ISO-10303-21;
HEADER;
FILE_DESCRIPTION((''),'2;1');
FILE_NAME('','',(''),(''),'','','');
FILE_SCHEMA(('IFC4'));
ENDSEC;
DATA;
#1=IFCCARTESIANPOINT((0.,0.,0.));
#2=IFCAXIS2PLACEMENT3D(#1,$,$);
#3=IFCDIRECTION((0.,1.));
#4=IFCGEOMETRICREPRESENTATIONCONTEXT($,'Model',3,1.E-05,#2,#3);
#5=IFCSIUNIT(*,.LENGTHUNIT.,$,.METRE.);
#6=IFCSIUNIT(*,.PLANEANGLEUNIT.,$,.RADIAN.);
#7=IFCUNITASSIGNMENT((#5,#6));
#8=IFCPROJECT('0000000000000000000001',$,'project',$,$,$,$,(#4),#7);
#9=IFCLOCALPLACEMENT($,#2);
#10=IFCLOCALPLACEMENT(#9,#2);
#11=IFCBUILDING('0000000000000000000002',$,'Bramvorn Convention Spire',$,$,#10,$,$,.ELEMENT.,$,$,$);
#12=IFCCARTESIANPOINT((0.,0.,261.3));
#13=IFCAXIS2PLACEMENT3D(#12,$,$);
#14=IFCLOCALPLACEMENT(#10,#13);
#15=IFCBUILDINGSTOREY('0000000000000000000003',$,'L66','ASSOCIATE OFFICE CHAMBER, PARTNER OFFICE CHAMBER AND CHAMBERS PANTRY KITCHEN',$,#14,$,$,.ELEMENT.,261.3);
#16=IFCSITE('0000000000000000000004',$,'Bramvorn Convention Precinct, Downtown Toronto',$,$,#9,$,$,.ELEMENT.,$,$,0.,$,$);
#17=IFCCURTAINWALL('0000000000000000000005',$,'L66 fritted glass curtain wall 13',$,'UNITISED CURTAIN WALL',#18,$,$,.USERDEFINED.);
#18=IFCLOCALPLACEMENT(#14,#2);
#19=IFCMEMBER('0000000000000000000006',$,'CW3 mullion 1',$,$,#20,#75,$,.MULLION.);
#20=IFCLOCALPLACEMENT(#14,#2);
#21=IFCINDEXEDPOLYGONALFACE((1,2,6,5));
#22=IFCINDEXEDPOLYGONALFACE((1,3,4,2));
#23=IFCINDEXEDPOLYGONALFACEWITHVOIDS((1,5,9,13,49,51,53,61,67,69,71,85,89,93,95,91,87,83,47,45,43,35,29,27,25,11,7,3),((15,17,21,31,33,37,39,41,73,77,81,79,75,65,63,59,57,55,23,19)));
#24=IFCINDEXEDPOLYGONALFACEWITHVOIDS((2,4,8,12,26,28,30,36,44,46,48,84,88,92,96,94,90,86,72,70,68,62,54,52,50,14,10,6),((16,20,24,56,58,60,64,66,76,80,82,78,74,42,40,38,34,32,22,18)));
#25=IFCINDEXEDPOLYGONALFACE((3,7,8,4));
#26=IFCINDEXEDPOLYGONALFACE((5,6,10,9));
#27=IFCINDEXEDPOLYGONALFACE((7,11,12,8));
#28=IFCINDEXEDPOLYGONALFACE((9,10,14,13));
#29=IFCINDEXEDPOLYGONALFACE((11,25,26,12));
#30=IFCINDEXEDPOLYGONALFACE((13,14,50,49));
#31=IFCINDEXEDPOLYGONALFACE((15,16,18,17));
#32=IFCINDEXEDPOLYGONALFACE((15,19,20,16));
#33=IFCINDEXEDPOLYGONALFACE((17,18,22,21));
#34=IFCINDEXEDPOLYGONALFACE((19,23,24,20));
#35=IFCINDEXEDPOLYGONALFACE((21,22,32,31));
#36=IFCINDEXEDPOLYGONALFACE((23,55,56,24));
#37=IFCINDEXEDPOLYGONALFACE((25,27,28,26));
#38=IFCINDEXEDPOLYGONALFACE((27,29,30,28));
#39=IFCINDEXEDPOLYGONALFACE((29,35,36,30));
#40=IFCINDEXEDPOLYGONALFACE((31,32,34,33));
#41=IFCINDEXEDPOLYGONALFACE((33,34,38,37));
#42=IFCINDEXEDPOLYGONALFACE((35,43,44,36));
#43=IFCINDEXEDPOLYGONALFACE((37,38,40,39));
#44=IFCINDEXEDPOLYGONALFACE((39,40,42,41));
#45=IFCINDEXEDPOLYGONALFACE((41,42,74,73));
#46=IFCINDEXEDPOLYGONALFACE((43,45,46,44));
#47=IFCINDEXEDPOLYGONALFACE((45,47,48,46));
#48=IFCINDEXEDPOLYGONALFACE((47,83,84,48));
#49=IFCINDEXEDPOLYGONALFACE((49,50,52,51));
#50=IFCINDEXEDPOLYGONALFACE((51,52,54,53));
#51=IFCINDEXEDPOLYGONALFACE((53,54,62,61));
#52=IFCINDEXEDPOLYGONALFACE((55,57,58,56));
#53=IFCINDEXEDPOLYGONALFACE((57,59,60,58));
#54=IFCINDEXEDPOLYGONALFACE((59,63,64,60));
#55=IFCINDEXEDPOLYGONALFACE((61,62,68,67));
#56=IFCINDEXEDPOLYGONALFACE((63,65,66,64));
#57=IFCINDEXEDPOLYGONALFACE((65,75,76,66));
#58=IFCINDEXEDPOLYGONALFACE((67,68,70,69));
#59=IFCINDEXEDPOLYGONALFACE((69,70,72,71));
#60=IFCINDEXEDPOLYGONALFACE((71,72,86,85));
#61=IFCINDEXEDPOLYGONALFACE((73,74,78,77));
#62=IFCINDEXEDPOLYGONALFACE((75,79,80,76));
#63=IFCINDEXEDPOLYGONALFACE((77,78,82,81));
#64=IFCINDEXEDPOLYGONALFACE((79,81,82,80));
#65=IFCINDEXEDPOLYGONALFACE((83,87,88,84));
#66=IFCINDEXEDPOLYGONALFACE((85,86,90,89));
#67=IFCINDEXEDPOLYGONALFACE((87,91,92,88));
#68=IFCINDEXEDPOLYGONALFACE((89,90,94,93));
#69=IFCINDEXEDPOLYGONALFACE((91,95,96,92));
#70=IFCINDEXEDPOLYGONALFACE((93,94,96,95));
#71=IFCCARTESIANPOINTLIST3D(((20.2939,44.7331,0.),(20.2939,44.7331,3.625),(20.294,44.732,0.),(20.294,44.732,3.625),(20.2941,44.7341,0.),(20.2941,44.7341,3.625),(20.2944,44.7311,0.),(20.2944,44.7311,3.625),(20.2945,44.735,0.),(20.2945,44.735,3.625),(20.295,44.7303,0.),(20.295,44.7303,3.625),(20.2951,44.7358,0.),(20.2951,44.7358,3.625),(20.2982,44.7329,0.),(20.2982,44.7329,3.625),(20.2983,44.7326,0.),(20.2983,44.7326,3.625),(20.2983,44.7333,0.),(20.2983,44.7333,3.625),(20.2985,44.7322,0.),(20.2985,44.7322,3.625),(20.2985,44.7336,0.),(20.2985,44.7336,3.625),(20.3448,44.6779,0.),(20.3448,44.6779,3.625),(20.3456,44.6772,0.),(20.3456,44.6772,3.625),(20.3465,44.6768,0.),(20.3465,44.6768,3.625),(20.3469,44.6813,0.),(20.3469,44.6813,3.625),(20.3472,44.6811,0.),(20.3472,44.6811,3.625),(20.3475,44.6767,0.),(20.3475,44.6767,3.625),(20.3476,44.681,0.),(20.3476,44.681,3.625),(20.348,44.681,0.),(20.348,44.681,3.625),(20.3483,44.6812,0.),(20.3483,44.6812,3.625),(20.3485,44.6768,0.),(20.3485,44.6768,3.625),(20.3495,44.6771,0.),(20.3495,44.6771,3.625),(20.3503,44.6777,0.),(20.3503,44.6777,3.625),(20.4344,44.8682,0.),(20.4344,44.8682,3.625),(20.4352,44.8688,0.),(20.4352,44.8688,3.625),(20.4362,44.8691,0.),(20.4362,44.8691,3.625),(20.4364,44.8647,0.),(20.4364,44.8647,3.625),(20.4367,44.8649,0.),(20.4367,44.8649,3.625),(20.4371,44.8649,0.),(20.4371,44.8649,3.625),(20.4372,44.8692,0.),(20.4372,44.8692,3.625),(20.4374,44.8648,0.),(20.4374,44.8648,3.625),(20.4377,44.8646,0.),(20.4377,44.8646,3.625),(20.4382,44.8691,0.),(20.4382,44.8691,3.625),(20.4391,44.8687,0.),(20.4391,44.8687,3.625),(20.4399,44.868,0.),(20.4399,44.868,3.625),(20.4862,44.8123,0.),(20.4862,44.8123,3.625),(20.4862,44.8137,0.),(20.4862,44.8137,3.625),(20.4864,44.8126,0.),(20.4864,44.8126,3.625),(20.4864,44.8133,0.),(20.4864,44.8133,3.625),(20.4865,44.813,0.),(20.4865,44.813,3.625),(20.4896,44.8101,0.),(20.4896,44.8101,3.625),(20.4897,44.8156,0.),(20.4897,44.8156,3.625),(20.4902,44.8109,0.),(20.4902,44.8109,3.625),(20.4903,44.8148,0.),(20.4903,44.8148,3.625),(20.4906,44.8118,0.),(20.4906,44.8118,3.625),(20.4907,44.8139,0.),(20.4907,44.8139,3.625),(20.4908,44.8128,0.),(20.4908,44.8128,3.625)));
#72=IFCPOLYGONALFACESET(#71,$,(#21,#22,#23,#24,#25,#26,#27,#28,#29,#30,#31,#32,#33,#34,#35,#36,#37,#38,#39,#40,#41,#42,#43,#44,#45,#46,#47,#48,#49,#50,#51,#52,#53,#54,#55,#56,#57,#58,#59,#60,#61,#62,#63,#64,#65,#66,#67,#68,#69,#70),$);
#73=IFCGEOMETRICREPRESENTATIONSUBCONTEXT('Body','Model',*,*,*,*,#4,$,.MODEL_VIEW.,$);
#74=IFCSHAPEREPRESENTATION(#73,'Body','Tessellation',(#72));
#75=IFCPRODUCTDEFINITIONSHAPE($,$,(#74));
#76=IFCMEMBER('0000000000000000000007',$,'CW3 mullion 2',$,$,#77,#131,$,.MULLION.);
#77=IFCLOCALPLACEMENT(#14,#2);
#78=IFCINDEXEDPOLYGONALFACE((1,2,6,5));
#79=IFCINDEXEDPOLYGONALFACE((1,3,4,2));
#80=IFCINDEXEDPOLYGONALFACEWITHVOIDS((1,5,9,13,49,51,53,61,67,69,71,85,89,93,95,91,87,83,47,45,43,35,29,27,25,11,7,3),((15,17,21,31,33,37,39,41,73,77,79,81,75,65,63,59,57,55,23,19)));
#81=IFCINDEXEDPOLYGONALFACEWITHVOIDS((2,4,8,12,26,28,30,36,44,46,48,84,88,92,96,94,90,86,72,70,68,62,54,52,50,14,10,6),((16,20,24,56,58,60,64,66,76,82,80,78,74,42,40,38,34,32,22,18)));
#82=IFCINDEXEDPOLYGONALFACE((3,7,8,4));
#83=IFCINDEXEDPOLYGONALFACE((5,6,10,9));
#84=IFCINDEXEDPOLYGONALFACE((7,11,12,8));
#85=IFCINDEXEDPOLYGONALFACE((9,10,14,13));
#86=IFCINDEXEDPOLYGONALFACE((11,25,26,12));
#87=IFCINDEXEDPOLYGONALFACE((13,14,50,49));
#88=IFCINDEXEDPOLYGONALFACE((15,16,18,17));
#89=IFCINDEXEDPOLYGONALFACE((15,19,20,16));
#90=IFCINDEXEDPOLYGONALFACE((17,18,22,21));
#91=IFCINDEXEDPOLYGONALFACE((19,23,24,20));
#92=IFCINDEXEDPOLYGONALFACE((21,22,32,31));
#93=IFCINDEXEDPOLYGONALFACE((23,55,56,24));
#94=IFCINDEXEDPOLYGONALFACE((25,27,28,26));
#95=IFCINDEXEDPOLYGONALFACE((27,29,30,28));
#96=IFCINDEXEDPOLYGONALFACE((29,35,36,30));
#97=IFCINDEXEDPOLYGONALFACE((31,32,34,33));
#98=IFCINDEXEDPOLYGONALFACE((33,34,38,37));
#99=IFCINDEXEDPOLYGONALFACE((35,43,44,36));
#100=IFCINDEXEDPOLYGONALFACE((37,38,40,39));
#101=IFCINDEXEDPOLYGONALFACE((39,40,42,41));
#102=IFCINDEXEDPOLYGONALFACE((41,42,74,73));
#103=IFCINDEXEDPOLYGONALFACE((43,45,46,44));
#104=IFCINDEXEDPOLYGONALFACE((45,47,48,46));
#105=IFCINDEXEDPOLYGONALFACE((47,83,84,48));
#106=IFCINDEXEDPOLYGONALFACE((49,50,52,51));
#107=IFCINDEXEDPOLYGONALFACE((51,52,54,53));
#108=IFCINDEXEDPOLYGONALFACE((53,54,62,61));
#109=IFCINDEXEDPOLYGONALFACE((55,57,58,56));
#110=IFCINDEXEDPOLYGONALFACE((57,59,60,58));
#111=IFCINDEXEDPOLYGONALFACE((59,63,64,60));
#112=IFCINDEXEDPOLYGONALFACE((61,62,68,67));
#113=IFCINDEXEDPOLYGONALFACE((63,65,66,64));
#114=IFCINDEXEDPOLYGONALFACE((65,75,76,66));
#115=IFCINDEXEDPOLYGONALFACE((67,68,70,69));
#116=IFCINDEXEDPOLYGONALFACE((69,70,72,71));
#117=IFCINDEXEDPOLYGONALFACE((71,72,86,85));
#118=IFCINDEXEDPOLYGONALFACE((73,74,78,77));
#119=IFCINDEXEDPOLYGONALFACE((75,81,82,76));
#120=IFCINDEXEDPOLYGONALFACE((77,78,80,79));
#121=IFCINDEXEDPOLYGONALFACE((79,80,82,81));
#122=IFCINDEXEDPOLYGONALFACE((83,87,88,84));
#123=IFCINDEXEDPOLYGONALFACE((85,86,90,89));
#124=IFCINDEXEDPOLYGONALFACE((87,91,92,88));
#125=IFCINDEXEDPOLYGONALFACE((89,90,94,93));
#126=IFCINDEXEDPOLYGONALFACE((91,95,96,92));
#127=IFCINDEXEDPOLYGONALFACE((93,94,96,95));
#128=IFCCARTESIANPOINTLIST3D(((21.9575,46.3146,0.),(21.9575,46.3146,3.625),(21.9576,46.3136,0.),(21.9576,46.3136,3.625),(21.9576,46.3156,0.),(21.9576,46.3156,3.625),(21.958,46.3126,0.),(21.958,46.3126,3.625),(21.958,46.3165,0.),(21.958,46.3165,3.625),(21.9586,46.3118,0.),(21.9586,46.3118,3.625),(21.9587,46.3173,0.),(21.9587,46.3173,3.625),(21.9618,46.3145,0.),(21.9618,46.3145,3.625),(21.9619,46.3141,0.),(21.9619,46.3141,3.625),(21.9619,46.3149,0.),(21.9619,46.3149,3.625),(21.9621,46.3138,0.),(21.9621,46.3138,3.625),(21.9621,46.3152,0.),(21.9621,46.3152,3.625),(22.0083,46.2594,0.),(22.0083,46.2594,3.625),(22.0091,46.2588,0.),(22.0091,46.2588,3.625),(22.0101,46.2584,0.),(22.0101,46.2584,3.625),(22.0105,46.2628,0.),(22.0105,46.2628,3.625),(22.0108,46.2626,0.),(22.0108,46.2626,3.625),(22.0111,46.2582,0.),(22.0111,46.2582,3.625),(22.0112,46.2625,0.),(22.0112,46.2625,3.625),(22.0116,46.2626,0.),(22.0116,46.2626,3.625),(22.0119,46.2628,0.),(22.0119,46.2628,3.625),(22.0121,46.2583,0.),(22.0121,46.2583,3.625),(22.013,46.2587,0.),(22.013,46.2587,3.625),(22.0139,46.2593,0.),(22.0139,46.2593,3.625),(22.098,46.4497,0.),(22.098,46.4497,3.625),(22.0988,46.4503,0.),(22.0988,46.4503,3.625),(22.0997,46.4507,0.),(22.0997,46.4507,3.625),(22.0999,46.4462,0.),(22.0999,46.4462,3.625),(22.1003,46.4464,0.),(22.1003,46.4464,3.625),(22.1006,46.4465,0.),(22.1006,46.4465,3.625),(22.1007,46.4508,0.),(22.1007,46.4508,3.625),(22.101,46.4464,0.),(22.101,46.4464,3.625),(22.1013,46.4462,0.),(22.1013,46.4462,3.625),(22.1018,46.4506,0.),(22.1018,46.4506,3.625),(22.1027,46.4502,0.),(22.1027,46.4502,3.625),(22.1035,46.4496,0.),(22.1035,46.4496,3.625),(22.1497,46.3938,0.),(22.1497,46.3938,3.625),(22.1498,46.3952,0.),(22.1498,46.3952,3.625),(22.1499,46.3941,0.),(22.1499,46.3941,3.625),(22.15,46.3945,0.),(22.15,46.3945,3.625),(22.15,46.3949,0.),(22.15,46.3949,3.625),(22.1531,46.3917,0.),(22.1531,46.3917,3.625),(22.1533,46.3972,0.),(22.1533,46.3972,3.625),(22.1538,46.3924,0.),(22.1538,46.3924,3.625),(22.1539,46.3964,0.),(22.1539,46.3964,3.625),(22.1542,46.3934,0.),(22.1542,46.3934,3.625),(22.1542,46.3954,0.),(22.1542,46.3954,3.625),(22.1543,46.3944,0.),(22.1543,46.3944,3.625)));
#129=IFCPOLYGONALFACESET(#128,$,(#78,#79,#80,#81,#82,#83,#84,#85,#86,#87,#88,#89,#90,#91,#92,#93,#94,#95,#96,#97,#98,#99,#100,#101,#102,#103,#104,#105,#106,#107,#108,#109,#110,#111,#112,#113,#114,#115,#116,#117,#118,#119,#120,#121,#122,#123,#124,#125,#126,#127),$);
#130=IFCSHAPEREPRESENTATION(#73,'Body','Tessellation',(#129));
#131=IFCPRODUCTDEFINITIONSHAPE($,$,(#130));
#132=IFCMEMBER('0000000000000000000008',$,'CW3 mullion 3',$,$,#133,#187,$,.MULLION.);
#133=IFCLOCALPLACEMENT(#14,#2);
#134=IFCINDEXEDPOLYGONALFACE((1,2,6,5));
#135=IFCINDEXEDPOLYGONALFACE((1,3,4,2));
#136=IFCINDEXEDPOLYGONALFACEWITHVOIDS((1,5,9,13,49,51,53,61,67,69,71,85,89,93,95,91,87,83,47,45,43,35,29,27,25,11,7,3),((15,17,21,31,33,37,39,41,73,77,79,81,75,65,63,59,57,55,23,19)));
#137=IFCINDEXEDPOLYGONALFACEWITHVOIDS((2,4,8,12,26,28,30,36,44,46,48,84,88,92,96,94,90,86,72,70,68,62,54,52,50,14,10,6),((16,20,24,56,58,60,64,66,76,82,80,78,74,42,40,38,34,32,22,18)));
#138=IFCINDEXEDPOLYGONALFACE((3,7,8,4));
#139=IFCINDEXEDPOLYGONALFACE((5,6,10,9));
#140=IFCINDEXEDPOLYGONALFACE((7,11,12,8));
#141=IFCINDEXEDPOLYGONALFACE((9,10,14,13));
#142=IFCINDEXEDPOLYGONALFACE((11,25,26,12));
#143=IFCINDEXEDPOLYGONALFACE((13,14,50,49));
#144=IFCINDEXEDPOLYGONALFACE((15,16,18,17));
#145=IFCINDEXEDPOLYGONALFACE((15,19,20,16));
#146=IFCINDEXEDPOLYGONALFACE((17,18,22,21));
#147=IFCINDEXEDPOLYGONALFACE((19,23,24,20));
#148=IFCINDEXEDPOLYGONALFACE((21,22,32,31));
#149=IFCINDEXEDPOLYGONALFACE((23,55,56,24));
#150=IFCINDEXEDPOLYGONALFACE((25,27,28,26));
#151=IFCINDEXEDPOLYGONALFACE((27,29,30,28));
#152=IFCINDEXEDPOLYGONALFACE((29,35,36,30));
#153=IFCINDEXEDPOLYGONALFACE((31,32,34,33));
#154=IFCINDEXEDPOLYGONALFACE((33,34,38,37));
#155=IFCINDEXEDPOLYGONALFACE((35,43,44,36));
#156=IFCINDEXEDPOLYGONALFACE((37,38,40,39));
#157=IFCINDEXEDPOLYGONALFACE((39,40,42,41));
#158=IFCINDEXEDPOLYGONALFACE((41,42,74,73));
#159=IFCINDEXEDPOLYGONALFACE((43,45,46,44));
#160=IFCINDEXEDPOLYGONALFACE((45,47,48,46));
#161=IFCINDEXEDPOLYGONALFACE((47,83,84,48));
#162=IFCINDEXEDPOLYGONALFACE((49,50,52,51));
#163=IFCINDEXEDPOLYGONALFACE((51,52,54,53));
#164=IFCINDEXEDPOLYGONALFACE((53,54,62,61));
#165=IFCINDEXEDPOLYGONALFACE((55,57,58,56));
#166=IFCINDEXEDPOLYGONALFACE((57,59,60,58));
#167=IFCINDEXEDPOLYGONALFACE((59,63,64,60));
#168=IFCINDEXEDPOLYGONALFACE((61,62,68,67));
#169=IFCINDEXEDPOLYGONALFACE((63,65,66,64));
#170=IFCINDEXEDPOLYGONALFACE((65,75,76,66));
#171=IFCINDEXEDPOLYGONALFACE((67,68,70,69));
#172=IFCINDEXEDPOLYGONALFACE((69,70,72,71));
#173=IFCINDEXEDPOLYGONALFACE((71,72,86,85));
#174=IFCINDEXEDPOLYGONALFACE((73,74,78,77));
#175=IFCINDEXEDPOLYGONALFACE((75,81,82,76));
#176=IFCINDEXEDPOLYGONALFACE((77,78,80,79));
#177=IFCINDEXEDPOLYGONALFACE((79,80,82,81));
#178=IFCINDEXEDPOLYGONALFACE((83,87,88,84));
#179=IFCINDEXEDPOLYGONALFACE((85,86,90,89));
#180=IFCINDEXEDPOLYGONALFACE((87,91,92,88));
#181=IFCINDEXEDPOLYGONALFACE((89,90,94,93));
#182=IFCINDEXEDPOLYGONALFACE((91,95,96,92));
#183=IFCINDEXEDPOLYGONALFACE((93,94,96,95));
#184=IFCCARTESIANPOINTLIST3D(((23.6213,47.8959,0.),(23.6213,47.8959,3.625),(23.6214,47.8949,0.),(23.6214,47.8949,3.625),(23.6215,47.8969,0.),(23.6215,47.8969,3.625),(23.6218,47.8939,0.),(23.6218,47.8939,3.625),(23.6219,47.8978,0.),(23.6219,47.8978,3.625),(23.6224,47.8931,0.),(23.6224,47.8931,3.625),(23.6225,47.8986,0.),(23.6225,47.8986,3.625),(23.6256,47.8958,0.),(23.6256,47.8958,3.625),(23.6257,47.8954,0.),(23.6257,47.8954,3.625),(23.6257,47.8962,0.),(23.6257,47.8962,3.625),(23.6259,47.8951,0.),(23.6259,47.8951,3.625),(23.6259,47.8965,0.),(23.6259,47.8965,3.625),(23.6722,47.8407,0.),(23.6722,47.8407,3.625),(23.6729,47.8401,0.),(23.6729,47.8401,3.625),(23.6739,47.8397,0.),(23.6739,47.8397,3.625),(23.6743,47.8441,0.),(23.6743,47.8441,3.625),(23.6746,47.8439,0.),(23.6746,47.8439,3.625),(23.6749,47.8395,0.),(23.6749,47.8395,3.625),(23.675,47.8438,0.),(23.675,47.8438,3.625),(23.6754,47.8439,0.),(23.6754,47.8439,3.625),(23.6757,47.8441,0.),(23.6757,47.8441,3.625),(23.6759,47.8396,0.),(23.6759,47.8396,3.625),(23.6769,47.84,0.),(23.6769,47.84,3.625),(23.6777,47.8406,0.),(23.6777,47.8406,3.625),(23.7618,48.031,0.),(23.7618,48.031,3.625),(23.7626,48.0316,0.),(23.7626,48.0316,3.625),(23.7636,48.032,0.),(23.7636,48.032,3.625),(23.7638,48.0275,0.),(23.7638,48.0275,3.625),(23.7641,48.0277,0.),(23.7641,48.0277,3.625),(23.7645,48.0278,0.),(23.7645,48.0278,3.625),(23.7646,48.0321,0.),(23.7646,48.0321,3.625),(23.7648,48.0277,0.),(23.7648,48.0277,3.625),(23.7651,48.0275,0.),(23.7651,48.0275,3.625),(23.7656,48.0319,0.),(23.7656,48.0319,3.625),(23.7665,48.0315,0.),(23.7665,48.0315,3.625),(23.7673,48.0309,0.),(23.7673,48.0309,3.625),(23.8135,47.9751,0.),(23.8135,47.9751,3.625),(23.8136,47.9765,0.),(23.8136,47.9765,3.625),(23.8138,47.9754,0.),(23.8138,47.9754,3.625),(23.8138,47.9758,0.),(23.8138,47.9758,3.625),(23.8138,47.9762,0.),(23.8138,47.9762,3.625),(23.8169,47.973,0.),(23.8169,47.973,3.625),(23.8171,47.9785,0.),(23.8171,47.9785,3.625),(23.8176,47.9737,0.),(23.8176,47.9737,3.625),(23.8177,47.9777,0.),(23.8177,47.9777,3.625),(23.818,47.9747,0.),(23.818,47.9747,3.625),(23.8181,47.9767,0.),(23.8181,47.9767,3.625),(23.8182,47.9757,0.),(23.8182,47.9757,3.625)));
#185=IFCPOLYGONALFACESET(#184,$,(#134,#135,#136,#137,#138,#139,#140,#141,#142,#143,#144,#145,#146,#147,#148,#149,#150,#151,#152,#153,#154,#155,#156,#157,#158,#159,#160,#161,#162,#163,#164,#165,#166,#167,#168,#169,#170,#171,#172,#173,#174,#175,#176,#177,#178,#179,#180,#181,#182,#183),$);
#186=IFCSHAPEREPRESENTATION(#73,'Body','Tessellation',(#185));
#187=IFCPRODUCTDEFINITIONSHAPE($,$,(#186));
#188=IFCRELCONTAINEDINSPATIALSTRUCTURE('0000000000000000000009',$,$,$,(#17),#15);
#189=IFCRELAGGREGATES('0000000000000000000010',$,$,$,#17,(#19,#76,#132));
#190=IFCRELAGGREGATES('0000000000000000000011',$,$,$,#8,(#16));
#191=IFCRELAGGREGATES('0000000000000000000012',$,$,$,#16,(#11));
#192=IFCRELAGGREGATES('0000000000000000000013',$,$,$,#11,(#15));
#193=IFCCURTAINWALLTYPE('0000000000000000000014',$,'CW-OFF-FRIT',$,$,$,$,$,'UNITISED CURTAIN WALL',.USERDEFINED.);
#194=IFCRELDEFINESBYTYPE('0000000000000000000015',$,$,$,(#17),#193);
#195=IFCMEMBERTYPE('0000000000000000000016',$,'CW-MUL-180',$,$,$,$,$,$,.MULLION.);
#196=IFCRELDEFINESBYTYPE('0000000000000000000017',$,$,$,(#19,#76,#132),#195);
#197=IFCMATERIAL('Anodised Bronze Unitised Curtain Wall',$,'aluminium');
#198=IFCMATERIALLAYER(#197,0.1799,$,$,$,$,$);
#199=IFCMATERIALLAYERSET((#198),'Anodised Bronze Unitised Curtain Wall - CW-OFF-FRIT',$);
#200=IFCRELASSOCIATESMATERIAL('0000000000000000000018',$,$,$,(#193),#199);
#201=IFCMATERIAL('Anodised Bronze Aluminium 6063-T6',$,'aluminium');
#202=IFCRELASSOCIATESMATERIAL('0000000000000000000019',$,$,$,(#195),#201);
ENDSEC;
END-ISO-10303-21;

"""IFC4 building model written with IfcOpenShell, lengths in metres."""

from ifc_helpers import new_model, si_unit, direction, frame, origin, origin_2d, place, context, subcontext, project, spatial, hollow_rectangle, extrude, material, layer, layer_set, material_profile, profile_set, type_object, element, aggregate, save


model = new_model("IFC4")

# Units and contexts
model_context = context("Model", 3, precision=1e-05, world=origin(), true_north=direction((0.0, 1.0)))
body_context = subcontext(model_context, "Body", "Model", "MODEL_VIEW")
ifc_project = project(units=[si_unit("LENGTHUNIT", "METRE"), si_unit("PLANEANGLEUNIT", "RADIAN")], contexts=[model_context])

# Site, building, storey
site_placement = place(None, origin())
site = spatial("IfcSite", under=ifc_project, at=site_placement, Name="Bramvorn Convention Precinct, Downtown Toronto", CompositionType="ELEMENT", RefElevation=0.0)
building_placement = place(site_placement, origin())
building = spatial("IfcBuilding", under=site, at=building_placement, Name="Bramvorn Convention Spire", CompositionType="ELEMENT")
storey_placement = place(building_placement, frame((0.0, 0.0, 261.3)))
storey = spatial("IfcBuildingStorey", under=building, at=storey_placement, Name="L66", Description="ASSOCIATE OFFICE CHAMBER, PARTNER OFFICE CHAMBER AND CHAMBERS PANTRY KITCHEN", CompositionType="ELEMENT", Elevation=261.3)

# Curtain wall, members
ifc_material_1 = material(Name="Anodised Bronze Unitised Curtain Wall", Category="aluminium")
ifc_layer_1 = layer(ifc_material_1, 0.1799)
ifc_layer_set_1 = layer_set([ifc_layer_1], Name="Anodised Bronze Unitised Curtain Wall - CW-OFF-FRIT")
curtain_wall_type = type_object("IfcCurtainWallType", Name="CW-OFF-FRIT", ElementType="UNITISED CURTAIN WALL", PredefinedType="USERDEFINED", material=ifc_layer_set_1)
curtain_wall_1_placement = place(storey_placement, origin())
curtain_wall_1 = element("IfcCurtainWall", 1, at=curtain_wall_1_placement, inside=storey, type_object=curtain_wall_type, Name="L66 fritted glass curtain wall 13", ObjectType="UNITISED CURTAIN WALL", PredefinedType="USERDEFINED")
ifc_material_2 = material(Name="Anodised Bronze Aluminium 6063-T6", Category="aluminium")
ifc_material_profile_1 = material_profile(ifc_material_2, hollow_rectangle(XDim=0.0801, YDim=0.2, WallThickness=0.0039, InnerFilletRadius=0.001, OuterFilletRadius=0.0039, at=origin_2d()))
ifc_profile_set_1 = profile_set([ifc_material_profile_1], Name="Anodised Bronze Aluminium 6063-T6 - CWM80X200")
member_type_1 = type_object("IfcMemberType", Name="CW-MUL-180", PredefinedType="MULLION", material=ifc_profile_set_1)
member_1_placement = place(storey_placement, frame((20.3923, 44.7729, 0.0), z_axis=(0.0, 0.0, 1.0), x_axis=(-0.688935, 0.724823, 0.0)))
member_1 = element("IfcMember", 2, at=member_1_placement, type_object=member_type_1, Name="CW3 mullion 1", PredefinedType="MULLION", context=body_context, shape_type="SweptSolid", body=[
    extrude(hollow_rectangle(XDim=0.0801, YDim=0.2, WallThickness=0.0039, InnerFilletRadius=0.001, OuterFilletRadius=0.0039, at=origin_2d()), origin(), (0.0, 0.0, 1.0), 3.625),
])
member_2_placement = place(storey_placement, frame((22.0559, 46.3545, 0.0), z_axis=(0.0, 0.0, 1.0), x_axis=(-0.688935, 0.724823, 0.0)))
member_2 = element("IfcMember", 3, at=member_2_placement, type_object=member_type_1, Name="CW3 mullion 2", PredefinedType="MULLION", context=body_context, shape_type="SweptSolid", body=[
    extrude(hollow_rectangle(XDim=0.0801, YDim=0.2, WallThickness=0.0039, InnerFilletRadius=0.001, OuterFilletRadius=0.0039, at=origin_2d()), origin(), (0.0, 0.0, 1.0), 3.625),
])
member_3_placement = place(storey_placement, frame((23.7197, 47.9358, 0.0), z_axis=(0.0, 0.0, 1.0), x_axis=(-0.688935, 0.724823, 0.0)))
member_3 = element("IfcMember", 4, at=member_3_placement, type_object=member_type_1, Name="CW3 mullion 3", PredefinedType="MULLION", context=body_context, shape_type="SweptSolid", body=[
    extrude(hollow_rectangle(XDim=0.0801, YDim=0.2, WallThickness=0.0039, InnerFilletRadius=0.001, OuterFilletRadius=0.0039, at=origin_2d()), origin(), (0.0, 0.0, 1.0), 3.625),
])

aggregate(curtain_wall_1, [member_1, member_2, member_3])

save(model, "model.ifc")
